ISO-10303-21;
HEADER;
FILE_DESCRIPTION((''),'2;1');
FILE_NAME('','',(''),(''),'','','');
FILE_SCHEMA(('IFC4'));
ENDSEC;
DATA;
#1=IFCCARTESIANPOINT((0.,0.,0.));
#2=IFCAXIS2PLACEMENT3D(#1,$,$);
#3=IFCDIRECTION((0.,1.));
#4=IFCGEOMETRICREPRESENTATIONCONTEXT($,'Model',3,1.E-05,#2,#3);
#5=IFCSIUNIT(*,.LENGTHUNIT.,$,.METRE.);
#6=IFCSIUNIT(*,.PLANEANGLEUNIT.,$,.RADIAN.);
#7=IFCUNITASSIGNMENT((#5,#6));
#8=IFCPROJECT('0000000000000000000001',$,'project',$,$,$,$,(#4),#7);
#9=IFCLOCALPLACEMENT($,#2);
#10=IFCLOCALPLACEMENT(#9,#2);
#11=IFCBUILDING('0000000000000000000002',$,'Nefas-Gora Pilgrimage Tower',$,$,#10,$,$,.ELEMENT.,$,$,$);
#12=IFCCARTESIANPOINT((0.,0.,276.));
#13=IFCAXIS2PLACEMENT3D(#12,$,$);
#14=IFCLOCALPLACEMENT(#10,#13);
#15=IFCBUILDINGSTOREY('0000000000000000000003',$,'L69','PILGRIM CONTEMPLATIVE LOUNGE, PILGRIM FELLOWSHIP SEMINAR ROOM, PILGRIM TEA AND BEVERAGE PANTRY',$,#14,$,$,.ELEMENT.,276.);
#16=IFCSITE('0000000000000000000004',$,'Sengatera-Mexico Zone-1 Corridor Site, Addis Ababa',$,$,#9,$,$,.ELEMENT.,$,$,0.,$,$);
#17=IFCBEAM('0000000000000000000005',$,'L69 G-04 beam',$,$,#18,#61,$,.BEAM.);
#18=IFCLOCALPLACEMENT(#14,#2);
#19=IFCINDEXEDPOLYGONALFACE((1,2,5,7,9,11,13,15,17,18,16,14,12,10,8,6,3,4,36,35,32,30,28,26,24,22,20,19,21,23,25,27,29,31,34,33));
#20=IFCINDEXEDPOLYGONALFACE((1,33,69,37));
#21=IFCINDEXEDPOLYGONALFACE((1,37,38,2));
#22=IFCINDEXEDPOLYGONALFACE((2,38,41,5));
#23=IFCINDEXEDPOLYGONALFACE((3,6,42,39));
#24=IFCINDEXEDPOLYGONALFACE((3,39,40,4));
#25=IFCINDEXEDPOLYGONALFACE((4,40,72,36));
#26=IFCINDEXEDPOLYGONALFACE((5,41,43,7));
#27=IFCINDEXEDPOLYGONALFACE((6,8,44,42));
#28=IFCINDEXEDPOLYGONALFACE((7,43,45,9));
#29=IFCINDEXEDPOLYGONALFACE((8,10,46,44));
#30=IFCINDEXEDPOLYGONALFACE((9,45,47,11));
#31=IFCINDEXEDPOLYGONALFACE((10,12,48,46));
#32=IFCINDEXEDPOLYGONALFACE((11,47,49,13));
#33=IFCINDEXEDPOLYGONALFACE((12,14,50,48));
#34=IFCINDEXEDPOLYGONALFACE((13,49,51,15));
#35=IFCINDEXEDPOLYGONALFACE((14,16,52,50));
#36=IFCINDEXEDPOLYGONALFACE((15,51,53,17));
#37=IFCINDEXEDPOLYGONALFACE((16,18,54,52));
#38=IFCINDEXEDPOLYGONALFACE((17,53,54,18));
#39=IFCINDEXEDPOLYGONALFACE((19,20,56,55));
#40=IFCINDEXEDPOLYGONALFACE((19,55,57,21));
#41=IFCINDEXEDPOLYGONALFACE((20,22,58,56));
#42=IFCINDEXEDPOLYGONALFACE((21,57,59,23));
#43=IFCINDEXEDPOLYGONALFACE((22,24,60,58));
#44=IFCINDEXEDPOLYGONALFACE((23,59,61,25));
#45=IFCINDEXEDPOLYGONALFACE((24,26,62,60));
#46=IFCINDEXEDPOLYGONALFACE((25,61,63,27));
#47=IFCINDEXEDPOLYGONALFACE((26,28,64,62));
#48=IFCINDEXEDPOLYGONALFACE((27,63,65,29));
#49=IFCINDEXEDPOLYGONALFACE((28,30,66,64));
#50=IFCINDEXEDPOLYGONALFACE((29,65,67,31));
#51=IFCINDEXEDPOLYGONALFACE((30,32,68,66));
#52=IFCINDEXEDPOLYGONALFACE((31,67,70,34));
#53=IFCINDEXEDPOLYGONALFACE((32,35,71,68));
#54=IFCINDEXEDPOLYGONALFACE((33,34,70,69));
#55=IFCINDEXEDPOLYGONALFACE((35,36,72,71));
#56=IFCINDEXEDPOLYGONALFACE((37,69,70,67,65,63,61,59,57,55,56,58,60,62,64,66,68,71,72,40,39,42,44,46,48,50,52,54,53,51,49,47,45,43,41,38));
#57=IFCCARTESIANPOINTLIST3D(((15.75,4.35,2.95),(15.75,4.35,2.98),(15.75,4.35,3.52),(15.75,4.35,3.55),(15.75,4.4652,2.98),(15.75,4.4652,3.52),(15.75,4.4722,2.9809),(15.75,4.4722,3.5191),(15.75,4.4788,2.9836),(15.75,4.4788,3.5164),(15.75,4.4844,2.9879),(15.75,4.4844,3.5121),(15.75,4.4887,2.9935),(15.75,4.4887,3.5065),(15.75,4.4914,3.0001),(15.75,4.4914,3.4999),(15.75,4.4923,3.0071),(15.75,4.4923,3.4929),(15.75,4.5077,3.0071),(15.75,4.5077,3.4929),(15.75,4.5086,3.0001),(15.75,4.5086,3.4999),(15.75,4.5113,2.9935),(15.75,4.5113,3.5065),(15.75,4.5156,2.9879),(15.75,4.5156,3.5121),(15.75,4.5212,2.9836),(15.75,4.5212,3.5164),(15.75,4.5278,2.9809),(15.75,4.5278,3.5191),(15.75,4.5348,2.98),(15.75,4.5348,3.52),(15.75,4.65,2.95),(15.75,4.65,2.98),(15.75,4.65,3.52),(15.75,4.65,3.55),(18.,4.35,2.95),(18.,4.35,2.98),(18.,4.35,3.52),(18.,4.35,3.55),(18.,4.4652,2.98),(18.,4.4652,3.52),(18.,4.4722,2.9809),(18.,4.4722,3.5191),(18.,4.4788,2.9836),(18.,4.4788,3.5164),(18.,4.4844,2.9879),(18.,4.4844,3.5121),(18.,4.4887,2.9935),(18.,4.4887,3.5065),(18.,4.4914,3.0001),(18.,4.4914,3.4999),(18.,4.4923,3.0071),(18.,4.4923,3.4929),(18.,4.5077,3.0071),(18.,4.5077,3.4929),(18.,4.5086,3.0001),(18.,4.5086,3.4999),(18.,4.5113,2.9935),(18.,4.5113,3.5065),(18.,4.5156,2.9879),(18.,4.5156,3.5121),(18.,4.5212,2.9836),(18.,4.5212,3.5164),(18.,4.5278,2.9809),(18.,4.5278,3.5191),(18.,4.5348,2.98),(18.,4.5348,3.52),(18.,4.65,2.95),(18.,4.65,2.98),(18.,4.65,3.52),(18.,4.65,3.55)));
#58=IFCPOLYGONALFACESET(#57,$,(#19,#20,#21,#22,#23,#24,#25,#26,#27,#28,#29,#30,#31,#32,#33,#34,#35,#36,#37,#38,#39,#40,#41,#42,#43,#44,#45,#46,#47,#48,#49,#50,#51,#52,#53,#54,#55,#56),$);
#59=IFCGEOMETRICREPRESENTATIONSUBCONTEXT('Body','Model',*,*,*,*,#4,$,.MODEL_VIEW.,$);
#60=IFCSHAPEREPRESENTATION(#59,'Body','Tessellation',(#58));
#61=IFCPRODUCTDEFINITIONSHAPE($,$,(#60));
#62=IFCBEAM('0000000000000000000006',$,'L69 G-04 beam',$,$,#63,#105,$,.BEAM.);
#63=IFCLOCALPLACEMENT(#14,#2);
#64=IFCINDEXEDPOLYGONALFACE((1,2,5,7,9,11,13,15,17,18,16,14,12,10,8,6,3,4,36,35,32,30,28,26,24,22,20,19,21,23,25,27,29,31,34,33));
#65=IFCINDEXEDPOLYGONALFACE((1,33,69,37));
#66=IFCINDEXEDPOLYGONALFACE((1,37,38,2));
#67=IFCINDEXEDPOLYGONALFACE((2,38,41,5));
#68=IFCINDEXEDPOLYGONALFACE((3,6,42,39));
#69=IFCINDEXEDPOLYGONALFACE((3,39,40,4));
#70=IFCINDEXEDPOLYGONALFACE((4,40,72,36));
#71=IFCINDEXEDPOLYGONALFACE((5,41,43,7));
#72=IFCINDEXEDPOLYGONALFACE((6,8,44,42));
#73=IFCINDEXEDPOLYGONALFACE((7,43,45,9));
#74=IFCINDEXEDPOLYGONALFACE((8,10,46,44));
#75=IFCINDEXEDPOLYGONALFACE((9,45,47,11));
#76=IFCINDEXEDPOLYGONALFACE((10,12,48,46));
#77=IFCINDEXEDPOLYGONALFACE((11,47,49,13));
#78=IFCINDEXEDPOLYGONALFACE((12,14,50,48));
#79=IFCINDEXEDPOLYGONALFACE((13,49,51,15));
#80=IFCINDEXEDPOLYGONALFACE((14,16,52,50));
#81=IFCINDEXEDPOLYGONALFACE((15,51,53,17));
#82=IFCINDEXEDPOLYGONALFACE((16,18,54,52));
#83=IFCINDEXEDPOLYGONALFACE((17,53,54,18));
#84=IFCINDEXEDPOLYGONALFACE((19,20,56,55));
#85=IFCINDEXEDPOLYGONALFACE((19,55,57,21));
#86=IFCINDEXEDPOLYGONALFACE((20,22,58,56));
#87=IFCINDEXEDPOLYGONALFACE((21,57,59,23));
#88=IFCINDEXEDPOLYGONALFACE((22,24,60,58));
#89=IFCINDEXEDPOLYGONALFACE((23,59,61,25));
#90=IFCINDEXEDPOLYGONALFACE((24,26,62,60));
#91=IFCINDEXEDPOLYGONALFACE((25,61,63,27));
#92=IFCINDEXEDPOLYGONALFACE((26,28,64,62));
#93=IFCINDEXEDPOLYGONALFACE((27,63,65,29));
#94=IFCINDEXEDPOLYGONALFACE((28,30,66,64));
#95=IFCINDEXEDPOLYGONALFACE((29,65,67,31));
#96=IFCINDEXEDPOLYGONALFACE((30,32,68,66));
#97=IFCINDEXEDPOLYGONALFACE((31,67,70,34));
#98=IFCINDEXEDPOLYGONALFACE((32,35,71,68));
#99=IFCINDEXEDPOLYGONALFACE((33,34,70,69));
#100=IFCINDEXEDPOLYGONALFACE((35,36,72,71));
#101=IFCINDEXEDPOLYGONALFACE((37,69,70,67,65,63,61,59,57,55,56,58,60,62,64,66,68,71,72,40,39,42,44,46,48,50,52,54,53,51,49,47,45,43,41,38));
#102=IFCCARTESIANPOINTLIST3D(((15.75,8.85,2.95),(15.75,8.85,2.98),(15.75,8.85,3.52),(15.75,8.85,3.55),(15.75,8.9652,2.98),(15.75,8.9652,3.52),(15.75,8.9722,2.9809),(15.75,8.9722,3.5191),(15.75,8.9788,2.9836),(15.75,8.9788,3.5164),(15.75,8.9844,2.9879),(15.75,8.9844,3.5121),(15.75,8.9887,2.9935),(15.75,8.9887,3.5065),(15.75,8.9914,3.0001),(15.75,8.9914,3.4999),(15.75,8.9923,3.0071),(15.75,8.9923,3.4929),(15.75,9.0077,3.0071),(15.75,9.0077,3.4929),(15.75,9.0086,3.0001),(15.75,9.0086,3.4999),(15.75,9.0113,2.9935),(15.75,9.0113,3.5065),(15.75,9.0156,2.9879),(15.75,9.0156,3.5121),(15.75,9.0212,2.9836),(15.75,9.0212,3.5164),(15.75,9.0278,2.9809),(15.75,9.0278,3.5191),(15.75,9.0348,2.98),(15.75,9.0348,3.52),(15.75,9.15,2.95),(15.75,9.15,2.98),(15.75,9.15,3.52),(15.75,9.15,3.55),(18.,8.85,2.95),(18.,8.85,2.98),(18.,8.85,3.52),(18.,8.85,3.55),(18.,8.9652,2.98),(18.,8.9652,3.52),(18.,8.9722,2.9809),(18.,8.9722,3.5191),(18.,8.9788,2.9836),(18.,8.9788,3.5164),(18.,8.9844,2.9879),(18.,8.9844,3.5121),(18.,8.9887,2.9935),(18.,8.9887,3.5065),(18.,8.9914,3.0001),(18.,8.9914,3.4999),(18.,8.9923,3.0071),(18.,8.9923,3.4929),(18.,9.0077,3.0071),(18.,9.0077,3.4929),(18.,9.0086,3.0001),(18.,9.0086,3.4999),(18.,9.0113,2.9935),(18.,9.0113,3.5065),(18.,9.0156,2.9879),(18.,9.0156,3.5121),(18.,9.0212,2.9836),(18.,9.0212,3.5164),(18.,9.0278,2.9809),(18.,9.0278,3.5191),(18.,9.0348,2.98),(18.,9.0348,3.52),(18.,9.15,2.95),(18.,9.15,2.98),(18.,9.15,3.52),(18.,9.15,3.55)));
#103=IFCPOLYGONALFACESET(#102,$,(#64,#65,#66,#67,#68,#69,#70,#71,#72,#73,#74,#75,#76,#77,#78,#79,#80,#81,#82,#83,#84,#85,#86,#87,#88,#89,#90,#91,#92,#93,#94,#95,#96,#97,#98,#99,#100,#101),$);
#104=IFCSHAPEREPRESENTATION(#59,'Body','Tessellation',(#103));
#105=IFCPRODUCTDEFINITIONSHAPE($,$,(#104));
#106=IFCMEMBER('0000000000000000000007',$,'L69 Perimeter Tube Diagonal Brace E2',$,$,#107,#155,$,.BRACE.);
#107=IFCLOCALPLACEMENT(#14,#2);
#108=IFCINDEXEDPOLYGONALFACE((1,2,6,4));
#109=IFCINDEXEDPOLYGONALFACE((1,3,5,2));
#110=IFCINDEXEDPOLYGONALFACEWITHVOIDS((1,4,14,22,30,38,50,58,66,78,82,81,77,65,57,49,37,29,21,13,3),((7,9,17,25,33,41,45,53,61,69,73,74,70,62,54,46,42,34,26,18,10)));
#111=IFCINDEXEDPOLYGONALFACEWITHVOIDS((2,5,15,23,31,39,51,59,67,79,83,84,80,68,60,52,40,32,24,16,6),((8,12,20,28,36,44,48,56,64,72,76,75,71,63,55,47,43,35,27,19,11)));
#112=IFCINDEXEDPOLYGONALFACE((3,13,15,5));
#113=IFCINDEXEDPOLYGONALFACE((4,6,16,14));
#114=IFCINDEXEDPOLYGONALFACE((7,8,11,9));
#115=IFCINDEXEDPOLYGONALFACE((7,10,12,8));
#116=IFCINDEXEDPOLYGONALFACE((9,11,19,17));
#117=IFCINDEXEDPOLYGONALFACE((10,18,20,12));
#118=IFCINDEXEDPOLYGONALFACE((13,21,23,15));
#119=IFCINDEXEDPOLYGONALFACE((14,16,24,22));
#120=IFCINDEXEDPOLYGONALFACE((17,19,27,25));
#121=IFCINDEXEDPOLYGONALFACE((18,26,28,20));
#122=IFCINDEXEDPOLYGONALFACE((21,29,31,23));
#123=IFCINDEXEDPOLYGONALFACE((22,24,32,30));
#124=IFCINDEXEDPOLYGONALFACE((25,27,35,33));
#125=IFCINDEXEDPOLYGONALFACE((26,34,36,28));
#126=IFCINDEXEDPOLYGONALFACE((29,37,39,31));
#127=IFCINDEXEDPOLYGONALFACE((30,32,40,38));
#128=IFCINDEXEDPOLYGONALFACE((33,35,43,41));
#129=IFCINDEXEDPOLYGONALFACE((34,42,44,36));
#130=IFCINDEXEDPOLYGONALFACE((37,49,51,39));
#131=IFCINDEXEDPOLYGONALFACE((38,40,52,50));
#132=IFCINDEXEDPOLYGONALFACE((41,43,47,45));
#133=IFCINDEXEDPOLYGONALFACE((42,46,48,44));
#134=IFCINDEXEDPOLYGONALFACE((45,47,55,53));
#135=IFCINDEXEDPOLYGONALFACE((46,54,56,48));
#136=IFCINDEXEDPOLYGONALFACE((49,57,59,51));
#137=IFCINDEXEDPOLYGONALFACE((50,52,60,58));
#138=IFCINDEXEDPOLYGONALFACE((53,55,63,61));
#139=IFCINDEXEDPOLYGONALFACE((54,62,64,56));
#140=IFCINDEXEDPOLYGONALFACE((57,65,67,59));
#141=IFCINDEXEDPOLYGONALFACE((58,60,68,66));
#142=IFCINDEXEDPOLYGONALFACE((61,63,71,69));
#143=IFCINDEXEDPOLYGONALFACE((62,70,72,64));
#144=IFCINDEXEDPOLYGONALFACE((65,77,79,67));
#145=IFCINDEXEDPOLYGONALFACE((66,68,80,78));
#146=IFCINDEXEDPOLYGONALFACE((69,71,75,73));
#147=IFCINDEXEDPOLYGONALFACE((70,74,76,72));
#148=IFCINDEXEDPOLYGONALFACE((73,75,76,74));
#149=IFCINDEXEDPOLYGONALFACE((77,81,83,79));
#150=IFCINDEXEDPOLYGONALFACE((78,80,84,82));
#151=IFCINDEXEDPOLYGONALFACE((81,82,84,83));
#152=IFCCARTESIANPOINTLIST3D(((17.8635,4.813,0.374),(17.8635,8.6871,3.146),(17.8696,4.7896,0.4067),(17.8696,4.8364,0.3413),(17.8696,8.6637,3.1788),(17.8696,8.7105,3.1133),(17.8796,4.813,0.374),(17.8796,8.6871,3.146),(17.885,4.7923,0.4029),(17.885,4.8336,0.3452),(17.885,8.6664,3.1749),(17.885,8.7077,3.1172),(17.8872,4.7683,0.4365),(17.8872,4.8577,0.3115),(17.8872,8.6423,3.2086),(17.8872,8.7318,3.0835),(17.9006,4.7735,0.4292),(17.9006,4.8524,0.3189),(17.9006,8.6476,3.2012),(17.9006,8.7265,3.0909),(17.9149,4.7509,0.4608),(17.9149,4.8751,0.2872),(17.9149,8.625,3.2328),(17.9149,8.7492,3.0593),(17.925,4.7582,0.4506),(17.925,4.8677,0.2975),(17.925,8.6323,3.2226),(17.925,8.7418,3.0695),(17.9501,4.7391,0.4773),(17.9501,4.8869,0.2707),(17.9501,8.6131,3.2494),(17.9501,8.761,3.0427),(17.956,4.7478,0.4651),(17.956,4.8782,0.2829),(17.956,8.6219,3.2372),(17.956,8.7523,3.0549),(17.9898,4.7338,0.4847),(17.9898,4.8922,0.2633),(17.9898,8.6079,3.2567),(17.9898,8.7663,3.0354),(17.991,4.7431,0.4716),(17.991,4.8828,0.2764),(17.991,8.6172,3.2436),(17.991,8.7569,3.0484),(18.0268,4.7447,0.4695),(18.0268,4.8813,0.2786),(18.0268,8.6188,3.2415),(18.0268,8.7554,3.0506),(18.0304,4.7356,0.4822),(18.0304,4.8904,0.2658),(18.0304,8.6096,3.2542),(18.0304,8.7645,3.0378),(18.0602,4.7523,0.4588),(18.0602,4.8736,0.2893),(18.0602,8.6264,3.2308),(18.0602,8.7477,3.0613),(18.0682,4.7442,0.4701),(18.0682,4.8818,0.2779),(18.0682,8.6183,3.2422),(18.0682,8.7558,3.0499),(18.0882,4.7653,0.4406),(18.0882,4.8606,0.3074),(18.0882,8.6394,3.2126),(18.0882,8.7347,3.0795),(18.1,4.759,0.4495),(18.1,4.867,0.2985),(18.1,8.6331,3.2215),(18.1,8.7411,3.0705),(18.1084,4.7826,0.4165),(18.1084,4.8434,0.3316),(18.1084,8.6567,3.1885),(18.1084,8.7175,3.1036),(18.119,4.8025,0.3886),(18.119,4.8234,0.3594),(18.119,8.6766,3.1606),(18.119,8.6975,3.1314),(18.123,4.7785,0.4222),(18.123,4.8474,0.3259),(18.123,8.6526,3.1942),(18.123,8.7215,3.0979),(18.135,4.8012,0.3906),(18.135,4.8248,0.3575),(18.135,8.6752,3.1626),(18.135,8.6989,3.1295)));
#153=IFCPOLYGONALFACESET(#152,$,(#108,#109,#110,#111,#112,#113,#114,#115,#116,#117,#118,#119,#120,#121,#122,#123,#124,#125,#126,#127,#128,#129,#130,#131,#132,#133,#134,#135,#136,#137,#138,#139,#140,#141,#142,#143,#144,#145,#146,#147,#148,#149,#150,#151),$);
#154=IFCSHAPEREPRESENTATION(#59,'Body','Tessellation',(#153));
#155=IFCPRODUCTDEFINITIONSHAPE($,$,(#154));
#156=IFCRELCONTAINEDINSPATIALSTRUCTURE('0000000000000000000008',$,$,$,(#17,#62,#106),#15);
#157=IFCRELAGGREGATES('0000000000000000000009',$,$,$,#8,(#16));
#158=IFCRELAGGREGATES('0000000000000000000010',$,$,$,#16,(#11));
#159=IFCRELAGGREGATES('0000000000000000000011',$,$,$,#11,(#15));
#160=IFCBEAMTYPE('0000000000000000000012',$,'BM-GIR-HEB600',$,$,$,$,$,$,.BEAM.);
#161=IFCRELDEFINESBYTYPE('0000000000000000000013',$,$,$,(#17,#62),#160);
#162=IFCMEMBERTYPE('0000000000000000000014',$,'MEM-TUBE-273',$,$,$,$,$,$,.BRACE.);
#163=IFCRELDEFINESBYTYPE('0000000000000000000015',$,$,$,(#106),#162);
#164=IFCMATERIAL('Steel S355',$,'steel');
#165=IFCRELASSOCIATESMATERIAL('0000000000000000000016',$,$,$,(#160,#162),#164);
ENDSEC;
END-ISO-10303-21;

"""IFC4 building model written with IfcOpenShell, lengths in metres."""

from ifc_helpers import new_model, si_unit, direction, frame, origin, origin_2d, place, context, subcontext, project, spatial, hollow_circle, i_section, extrude, source, transform, mapped, material, material_profile, profile_set, type_object, element, save


model = new_model("IFC4")

# Units and contexts
model_context = context("Model", 3, precision=1e-05, world=origin(), true_north=direction((0.0, 1.0)))
body_context = subcontext(model_context, "Body", "Model", "MODEL_VIEW")
ifc_project = project(units=[si_unit("LENGTHUNIT", "METRE"), si_unit("PLANEANGLEUNIT", "RADIAN")], contexts=[model_context])

# Site, building, storey
site_placement = place(None, origin())
site = spatial("IfcSite", under=ifc_project, at=site_placement, Name="Sengatera-Mexico Zone-1 Corridor Site, Addis Ababa", CompositionType="ELEMENT", RefElevation=0.0)
building_placement = place(site_placement, origin())
building = spatial("IfcBuilding", under=site, at=building_placement, Name="Nefas-Gora Pilgrimage Tower", CompositionType="ELEMENT")
storey_placement = place(building_placement, frame((0.0, 0.0, 276.0)))
storey = spatial("IfcBuildingStorey", under=building, at=storey_placement, Name="L69", Description="PILGRIM CONTEMPLATIVE LOUNGE, PILGRIM FELLOWSHIP SEMINAR ROOM, PILGRIM TEA AND BEVERAGE PANTRY", CompositionType="ELEMENT", Elevation=276.0)

# Shared definitions
ifc_material_1 = material(Name="Steel S355", Category="steel")

# Beams
ifc_material_profile_1 = material_profile(ifc_material_1, i_section(OverallWidth=0.3, OverallDepth=0.6001, WebThickness=0.0154, FlangeThickness=0.03, FilletRadius=0.0271, at=origin_2d()), Name="HEB 600")
ifc_profile_set_1 = profile_set([ifc_material_profile_1], Name="Steel S355")
beam_type_1 = type_object("IfcBeamType", Name="BM-GIR-HEB600", PredefinedType="BEAM", material=ifc_profile_set_1)
shared_shape_1 = source(origin(), body_context, "Body", "SweptSolid", [
    extrude(i_section(OverallWidth=0.3, OverallDepth=0.6001, WebThickness=0.0154, FlangeThickness=0.03, FilletRadius=0.0271, at=origin_2d()), origin(), (0.0, 0.0, 1.0), 2.25),
])
for number, where, z_axis, x_axis, name in (
    (1, (15.75, 4.5, 3.25), (1.0, 0.0, 0.0), (0.0, 1.0, 0.0), "L69 G-04 beam"),
    (2, (15.75, 9.0, 3.25), (1.0, 0.0, 0.0), (0.0, 1.0, 0.0), "L69 G-04 beam"),
):
    element("IfcBeam", number, at=place(storey_placement, frame(where, z_axis=z_axis, x_axis=x_axis)), inside=storey, type_object=beam_type_1, Name=name, PredefinedType="BEAM", context=body_context, shape_type="MappedRepresentation", body=[
        mapped(shared_shape_1, transform((0.0, 0.0, 0.0), x_axis=(1.0, 0.0, 0.0), y_axis=(0.0, 1.0, 0.0), z_axis=(0.0, 0.0, 1.0), scale=1.0)),
    ])

# Member
ifc_material_profile_2 = material_profile(ifc_material_1, hollow_circle(Radius=0.1365, WallThickness=0.0161, at=origin_2d()), Name="CHS 273x16")
ifc_profile_set_2 = profile_set([ifc_material_profile_2], Name="Steel S355")
member_type_1 = type_object("IfcMemberType", Name="MEM-TUBE-273", PredefinedType="BRACE", material=ifc_profile_set_2)
shared_shape_2 = source(origin(), body_context, "Body", "SweptSolid", [
    extrude(hollow_circle(Radius=0.1365, WallThickness=0.0161, at=origin_2d()), origin(), (0.0, 0.0, 1.0), 4.7637),
])
member_1_placement = place(storey_placement, frame((18.0, 4.813, 0.374), z_axis=(0.0, 0.813255, 0.581907), x_axis=(-1.0, 0.0, 0.0)))
element("IfcMember", 3, at=member_1_placement, inside=storey, type_object=member_type_1, Name="L69 Perimeter Tube Diagonal Brace E2", PredefinedType="BRACE", context=body_context, shape_type="MappedRepresentation", body=[
    mapped(shared_shape_2, transform((0.0, 0.0, 0.0), x_axis=(1.0, 0.0, 0.0), y_axis=(0.0, 1.0, 0.0), z_axis=(0.0, 0.0, 1.0), scale=1.0)),
])

save(model, "model.ifc")
